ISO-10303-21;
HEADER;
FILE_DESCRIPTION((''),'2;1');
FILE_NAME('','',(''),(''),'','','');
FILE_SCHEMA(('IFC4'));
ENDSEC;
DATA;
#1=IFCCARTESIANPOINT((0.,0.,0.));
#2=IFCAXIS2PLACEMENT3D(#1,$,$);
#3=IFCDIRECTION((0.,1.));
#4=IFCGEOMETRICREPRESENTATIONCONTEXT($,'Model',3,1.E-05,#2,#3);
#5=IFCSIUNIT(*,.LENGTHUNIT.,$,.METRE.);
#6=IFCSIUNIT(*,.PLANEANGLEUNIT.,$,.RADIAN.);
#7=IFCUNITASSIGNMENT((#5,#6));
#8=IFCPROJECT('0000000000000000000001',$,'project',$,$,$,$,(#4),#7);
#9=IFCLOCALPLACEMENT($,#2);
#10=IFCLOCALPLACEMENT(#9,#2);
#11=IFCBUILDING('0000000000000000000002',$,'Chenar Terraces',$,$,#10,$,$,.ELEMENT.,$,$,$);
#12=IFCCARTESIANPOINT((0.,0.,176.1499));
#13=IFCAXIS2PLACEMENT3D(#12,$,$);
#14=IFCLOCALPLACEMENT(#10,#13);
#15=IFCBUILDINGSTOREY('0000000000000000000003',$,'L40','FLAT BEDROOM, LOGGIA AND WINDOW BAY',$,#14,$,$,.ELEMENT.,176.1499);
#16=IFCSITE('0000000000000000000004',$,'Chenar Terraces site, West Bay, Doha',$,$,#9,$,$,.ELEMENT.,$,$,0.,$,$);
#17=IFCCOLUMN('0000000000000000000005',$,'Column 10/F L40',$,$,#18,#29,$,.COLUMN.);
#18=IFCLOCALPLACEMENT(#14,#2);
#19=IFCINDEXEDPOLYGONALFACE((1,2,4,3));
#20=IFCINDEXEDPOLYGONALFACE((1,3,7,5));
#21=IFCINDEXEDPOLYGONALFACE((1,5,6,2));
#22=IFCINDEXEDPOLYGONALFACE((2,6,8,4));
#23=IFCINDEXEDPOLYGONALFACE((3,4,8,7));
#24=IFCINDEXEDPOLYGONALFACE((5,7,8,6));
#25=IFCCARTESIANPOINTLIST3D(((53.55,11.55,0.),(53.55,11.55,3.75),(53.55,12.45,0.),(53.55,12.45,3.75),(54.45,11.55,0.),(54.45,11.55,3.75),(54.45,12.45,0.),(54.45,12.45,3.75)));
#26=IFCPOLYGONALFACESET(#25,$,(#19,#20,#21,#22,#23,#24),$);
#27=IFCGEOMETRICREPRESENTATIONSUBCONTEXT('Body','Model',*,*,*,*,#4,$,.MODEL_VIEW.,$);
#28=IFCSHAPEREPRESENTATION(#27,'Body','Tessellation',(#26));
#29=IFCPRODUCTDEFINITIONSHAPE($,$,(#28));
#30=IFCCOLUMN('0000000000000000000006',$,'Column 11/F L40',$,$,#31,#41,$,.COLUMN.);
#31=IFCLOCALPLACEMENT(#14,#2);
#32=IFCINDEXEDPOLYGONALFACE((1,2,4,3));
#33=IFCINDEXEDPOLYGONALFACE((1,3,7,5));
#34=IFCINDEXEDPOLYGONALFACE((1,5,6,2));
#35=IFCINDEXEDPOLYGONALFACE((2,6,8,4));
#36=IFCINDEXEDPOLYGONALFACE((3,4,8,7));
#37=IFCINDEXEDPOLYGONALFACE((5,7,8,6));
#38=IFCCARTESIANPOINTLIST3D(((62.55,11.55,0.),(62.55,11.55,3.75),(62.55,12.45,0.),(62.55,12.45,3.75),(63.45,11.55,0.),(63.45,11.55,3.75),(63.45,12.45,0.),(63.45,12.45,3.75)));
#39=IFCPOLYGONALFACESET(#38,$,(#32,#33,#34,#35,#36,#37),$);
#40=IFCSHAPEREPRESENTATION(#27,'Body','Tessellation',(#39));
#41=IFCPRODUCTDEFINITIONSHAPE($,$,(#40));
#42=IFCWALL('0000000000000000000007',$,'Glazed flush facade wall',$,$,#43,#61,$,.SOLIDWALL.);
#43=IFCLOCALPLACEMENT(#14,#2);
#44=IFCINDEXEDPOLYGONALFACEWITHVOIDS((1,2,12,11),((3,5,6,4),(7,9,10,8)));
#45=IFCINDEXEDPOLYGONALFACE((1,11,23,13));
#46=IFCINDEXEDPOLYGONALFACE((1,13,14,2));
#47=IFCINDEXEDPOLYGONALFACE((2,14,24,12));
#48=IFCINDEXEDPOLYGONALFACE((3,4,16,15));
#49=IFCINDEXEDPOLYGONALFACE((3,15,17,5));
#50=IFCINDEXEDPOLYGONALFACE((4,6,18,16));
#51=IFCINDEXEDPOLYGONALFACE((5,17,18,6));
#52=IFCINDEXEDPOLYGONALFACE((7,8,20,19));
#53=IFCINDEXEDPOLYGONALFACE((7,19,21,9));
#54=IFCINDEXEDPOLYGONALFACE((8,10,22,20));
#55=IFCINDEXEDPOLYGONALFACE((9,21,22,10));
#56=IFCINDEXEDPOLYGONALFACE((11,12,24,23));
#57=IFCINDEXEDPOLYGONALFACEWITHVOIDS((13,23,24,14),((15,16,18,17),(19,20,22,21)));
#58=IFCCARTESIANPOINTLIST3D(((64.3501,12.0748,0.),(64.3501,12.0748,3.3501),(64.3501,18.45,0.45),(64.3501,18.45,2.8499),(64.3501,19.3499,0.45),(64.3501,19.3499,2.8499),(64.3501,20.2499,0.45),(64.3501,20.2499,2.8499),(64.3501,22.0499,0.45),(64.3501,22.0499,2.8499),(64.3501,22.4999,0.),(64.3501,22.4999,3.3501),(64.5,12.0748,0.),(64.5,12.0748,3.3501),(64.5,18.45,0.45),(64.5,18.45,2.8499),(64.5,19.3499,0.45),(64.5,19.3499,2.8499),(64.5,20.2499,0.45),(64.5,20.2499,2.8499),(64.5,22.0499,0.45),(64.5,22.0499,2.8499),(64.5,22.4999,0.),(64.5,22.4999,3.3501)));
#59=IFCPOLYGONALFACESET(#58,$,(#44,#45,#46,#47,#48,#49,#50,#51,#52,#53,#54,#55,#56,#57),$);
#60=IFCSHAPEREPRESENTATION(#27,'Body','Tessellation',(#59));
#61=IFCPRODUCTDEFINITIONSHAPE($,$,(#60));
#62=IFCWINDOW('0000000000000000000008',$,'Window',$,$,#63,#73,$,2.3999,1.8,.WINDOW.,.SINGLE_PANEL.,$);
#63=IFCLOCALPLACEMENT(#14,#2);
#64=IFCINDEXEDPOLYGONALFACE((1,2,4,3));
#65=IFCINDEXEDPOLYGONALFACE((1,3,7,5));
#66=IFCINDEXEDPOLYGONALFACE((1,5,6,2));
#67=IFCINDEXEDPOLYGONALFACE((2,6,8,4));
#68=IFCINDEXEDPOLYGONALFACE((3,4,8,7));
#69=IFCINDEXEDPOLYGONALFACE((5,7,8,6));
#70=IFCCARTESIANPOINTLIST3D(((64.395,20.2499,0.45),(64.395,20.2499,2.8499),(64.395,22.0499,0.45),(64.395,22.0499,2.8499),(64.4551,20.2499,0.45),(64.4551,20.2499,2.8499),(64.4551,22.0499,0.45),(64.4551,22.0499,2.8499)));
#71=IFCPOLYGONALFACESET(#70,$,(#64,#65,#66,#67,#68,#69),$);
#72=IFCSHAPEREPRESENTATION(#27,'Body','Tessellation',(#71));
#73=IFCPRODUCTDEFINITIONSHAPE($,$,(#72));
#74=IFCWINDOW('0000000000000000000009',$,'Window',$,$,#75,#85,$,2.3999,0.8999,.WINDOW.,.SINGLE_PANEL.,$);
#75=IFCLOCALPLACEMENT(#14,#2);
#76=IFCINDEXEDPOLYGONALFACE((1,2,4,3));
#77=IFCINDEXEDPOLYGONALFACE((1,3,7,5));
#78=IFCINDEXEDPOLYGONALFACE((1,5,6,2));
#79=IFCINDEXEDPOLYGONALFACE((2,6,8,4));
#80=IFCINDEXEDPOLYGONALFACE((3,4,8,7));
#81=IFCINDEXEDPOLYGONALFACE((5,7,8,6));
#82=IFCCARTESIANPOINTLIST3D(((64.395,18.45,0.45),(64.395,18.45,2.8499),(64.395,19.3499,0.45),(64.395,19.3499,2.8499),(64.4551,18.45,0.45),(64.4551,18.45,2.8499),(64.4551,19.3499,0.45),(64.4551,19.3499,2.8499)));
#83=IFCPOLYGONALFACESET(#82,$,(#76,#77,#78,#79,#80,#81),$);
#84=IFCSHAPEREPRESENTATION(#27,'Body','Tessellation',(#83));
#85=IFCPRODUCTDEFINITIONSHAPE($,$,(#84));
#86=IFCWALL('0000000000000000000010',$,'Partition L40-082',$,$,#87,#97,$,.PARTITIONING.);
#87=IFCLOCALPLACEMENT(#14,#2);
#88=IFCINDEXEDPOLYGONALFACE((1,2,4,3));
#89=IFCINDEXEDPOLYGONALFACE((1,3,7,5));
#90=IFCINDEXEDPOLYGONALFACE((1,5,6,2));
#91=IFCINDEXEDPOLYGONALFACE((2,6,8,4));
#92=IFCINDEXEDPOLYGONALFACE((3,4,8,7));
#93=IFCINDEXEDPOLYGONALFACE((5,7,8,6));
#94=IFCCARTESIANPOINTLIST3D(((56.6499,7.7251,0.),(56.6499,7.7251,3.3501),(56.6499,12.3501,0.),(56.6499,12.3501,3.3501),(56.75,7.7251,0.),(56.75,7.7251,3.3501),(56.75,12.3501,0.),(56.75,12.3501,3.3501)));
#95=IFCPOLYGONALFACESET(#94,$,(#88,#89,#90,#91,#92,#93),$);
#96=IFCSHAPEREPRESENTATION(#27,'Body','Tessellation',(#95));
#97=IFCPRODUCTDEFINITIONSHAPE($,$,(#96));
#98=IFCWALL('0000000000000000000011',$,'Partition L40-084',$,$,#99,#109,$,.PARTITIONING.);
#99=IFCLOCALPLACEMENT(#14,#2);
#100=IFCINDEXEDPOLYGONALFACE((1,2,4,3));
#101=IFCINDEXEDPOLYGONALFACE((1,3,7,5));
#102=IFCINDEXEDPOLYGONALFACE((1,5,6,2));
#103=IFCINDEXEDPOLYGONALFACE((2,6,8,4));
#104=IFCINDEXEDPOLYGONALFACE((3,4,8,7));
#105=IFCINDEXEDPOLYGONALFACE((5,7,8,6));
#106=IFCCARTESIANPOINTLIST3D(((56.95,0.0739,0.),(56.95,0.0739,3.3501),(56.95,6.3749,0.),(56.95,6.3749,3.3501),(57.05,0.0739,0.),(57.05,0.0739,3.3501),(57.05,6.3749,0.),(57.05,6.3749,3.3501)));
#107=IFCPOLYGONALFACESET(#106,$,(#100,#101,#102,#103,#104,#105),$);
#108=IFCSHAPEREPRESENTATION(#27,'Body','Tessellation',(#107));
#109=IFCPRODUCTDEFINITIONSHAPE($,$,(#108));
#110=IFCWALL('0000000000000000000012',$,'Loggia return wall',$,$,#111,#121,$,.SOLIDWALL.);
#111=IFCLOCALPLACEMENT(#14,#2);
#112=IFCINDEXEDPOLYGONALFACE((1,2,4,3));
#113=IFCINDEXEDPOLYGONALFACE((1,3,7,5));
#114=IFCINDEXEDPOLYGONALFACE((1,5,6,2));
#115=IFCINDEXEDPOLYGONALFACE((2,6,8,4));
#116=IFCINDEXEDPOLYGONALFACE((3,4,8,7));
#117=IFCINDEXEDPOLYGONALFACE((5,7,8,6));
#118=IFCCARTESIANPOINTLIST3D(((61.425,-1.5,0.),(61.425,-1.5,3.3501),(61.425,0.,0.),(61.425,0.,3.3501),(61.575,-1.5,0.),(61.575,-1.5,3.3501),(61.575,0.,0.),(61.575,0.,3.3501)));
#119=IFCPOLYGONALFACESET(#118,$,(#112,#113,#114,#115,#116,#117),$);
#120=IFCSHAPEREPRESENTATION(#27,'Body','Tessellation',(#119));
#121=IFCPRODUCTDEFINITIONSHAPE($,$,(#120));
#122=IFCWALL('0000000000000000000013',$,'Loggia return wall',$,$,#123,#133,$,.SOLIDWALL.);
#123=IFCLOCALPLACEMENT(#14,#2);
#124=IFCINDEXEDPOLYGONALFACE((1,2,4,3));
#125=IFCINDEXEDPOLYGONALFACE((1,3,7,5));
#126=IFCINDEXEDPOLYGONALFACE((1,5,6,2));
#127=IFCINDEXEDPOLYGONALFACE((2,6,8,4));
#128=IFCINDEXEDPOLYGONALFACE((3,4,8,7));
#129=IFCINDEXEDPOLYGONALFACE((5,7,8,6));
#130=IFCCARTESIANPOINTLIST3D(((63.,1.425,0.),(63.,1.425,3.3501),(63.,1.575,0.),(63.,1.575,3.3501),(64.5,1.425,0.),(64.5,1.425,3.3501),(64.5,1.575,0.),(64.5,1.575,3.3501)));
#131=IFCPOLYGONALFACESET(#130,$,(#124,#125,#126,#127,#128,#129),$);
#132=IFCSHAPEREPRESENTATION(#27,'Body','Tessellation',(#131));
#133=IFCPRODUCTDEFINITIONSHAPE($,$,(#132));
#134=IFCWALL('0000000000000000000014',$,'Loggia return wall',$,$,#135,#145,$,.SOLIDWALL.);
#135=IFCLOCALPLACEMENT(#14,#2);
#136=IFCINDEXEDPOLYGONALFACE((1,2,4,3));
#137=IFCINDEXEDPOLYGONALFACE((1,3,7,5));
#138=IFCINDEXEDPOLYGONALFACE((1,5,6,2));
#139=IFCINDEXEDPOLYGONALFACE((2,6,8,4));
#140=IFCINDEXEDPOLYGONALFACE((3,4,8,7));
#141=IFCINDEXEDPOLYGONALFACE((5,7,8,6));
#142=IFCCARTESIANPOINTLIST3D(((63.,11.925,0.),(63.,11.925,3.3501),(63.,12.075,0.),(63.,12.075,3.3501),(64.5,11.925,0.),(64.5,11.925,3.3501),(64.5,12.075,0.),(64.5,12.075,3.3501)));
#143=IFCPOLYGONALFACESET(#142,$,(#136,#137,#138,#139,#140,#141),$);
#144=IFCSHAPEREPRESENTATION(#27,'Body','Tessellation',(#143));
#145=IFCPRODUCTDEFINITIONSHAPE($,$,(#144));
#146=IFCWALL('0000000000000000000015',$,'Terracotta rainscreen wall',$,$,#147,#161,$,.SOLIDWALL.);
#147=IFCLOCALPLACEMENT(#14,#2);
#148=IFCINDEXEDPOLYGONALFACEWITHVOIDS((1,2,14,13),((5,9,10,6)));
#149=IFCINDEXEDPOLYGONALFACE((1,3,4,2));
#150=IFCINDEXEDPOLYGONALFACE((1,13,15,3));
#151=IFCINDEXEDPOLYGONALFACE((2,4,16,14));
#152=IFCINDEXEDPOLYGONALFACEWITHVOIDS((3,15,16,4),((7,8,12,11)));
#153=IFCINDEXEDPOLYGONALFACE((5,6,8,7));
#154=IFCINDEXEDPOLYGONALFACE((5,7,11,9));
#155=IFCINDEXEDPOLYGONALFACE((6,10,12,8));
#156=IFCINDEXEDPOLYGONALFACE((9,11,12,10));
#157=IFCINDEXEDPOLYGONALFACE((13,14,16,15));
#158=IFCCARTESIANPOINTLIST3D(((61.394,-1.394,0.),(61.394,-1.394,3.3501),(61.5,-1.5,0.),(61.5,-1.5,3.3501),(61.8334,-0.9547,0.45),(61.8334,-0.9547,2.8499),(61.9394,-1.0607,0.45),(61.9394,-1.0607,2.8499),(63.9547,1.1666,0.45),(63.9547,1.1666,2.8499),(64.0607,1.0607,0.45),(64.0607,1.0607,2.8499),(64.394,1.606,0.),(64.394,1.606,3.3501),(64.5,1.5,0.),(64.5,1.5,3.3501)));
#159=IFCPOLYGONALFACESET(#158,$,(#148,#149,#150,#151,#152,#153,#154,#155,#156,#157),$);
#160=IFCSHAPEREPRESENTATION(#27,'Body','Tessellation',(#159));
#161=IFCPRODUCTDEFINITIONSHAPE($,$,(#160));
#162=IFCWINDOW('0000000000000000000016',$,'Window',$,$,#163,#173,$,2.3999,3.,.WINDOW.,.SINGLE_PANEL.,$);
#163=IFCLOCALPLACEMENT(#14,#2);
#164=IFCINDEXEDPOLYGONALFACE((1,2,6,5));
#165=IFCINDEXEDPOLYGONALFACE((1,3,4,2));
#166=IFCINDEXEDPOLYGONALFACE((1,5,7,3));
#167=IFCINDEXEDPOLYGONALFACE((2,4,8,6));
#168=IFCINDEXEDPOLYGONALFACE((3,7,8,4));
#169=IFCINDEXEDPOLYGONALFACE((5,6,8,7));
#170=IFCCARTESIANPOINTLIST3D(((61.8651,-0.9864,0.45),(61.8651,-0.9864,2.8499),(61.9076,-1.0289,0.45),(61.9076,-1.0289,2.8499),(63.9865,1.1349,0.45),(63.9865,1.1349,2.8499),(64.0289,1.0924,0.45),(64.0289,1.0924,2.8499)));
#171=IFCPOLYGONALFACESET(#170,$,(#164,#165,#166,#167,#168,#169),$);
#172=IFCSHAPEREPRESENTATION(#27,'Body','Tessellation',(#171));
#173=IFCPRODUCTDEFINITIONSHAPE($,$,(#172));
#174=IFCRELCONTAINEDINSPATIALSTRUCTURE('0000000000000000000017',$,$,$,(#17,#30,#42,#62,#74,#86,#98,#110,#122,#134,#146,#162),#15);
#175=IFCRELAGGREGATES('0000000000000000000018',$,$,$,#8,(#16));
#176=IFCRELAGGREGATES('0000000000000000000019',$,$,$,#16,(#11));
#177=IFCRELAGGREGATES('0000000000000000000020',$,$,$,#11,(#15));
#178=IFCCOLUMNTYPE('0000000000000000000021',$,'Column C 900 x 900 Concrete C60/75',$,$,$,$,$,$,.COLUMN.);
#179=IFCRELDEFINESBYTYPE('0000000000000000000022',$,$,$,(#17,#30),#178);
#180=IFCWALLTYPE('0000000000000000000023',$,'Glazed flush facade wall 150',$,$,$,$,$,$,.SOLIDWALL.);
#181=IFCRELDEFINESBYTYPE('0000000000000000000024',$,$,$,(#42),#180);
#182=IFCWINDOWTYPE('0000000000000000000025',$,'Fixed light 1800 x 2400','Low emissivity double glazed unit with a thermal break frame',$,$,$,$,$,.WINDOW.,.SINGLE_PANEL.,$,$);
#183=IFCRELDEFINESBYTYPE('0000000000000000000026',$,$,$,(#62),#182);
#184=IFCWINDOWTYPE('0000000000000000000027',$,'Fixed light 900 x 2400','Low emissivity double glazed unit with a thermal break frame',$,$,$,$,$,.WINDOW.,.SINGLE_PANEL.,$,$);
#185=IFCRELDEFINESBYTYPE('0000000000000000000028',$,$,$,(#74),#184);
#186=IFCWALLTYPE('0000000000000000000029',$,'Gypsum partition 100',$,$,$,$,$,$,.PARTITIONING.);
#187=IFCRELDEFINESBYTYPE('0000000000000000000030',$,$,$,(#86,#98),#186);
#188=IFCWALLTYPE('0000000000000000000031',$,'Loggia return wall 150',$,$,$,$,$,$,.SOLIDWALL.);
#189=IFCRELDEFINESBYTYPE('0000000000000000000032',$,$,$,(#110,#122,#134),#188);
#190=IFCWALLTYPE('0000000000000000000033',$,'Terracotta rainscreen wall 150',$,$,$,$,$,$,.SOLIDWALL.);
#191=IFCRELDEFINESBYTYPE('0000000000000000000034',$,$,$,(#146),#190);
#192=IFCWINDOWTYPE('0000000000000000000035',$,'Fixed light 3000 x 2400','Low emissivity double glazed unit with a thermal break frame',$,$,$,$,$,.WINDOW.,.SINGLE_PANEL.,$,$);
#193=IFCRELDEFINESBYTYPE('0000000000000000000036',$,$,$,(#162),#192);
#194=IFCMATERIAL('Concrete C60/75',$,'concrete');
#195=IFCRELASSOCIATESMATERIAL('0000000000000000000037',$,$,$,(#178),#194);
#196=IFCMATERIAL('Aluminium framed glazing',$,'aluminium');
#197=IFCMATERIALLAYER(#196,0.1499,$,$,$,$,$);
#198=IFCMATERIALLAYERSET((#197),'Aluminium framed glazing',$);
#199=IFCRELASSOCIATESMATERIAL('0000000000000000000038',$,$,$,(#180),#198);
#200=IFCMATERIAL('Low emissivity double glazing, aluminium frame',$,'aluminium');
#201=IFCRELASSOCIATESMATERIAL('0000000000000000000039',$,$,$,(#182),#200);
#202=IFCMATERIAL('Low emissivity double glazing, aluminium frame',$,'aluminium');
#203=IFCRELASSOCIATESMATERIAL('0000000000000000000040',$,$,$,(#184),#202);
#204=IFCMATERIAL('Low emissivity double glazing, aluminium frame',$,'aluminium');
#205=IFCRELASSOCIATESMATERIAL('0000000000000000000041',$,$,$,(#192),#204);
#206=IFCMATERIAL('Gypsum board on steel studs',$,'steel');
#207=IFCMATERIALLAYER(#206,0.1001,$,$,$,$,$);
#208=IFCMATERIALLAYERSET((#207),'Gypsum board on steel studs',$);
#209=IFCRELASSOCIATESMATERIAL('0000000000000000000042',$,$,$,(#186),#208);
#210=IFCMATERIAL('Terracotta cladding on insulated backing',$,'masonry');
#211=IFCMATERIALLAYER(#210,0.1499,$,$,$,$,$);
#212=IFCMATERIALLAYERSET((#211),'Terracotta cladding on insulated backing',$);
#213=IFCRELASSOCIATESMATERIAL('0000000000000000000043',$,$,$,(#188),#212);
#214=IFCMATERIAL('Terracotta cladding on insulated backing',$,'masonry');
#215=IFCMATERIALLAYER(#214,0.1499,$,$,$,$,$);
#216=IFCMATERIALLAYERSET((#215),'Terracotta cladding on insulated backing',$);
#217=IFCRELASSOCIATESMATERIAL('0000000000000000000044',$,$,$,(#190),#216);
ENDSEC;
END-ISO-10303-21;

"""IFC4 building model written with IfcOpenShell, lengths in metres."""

from ifc_helpers import new_model, si_unit, direction, frame, frame_2d, origin, origin_2d, place, context, subcontext, project, spatial, rectangle, extrude, material, layer, layer_set, material_profile, profile_set, type_object, element, fill, save


model = new_model("IFC4")

# Units and contexts
model_context = context("Model", 3, precision=1e-05, world=origin(), true_north=direction((0.0, 1.0)))
body_context = subcontext(model_context, "Body", "Model", "MODEL_VIEW")
ifc_project = project(units=[si_unit("LENGTHUNIT", "METRE"), si_unit("PLANEANGLEUNIT", "RADIAN")], contexts=[model_context])

# Site, building, storey
site_placement = place(None, origin())
site = spatial("IfcSite", under=ifc_project, at=site_placement, Name="Chenar Terraces site, West Bay, Doha", CompositionType="ELEMENT", RefElevation=0.0)
building_placement = place(site_placement, origin())
building = spatial("IfcBuilding", under=site, at=building_placement, Name="Chenar Terraces", CompositionType="ELEMENT")
storey_placement = place(building_placement, frame((0.0, 0.0, 176.1499)))
storey = spatial("IfcBuildingStorey", under=building, at=storey_placement, Name="L40", Description="FLAT BEDROOM, LOGGIA AND WINDOW BAY", CompositionType="ELEMENT", Elevation=176.1499)

# Columns
ifc_material_1 = material(Name="Concrete C60/75", Category="concrete")
ifc_material_profile = material_profile(ifc_material_1, rectangle(XDim=0.8999, YDim=0.8999, at=origin_2d()), Name="C 900 x 900")
ifc_profile_set = profile_set([ifc_material_profile], Name="Concrete C60/75")
column_type = type_object("IfcColumnType", Name="Column C 900 x 900 Concrete C60/75", PredefinedType="COLUMN", material=ifc_profile_set)
for number, where, z_axis, x_axis, name in (
    (1, (54.0, 12.0, 0.0), (0.0, 0.0, 1.0), (1.0, 0.0, 0.0), "Column 10/F L40"),
    (2, (63.0, 12.0, 0.0), (0.0, 0.0, 1.0), (1.0, 0.0, 0.0), "Column 11/F L40"),
):
    element("IfcColumn", number, at=place(storey_placement, frame(where, z_axis=z_axis, x_axis=x_axis)), inside=storey, type_object=column_type, Name=name, PredefinedType="COLUMN", context=body_context, shape_type="SweptSolid", body=[
        extrude(rectangle(XDim=0.8999, YDim=0.8999, at=origin_2d()), origin(), (0.0, 0.0, 1.0), 3.75),
    ])

# Wall, openings, windows
ifc_material_2 = material(Name="Aluminium framed glazing", Category="aluminium")
ifc_layer_1 = layer(ifc_material_2, 0.1499)
ifc_layer_set_1 = layer_set([ifc_layer_1], Name="Aluminium framed glazing")
wall_type_1 = type_object("IfcWallType", Name="Glazed flush facade wall 150", PredefinedType="SOLIDWALL", material=ifc_layer_set_1)
wall_1_placement = place(storey_placement, frame((64.425, 12.075, 0.0), z_axis=(0.0, 0.0, 1.0), x_axis=(0.0, 1.0, 0.0)))
wall_1 = element("IfcWall", 3, at=wall_1_placement, inside=storey, type_object=wall_type_1, Name="Glazed flush facade wall", PredefinedType="SOLIDWALL", context=body_context, shape_type="SweptSolid", body=[
    extrude(rectangle(XDim=10.425, YDim=0.1499, at=frame_2d((5.2124, 0.0))), origin(), (0.0, 0.0, 1.0), 3.3501),
])
opening_1_placement = place(wall_1_placement, frame((6.375, 0.0, 0.45)))
opening_1 = element("IfcOpeningElement", 4, at=opening_1_placement, cuts=wall_1, PredefinedType="OPENING", context=body_context, shape_type="SweptSolid", body=[
    extrude(rectangle(XDim=0.8999, YDim=2.3999, at=frame_2d((0.45, 1.2))), frame((0.0, 0.085, 0.0), z_axis=(0.0, -1.0, 0.0), x_axis=(1.0, 0.0, 0.0)), (0.0, 0.0, 1.0), 0.1699),
])
opening_2_placement = place(wall_1_placement, frame((8.175, 0.0, 0.45)))
opening_2 = element("IfcOpeningElement", 5, at=opening_2_placement, cuts=wall_1, PredefinedType="OPENING", context=body_context, shape_type="SweptSolid", body=[
    extrude(rectangle(XDim=1.8, YDim=2.3999, at=frame_2d((0.8999, 1.2))), frame((0.0, 0.085, 0.0), z_axis=(0.0, -1.0, 0.0), x_axis=(1.0, 0.0, 0.0)), (0.0, 0.0, 1.0), 0.1699),
])
ifc_material_3 = material(Name="Low emissivity double glazing, aluminium frame", Category="aluminium")
window_type_1 = type_object("IfcWindowType", Name="Fixed light 1800 x 2400", Description="Low emissivity double glazed unit with a thermal break frame", PartitioningType="SINGLE_PANEL", PredefinedType="WINDOW", material=ifc_material_3)
window_1_placement = place(opening_2_placement, origin())
window_1 = element("IfcWindow", 6, at=window_1_placement, inside=storey, type_object=window_type_1, Name="Window", OverallHeight=2.3999, OverallWidth=1.8, PartitioningType="SINGLE_PANEL", PredefinedType="WINDOW", context=body_context, shape_type="SweptSolid", body=[
    extrude(rectangle(XDim=1.8, YDim=2.3999, at=frame_2d((0.8999, 1.2))), frame((0.0, 0.03, 0.0), z_axis=(0.0, -1.0, 0.0), x_axis=(1.0, 0.0, 0.0)), (0.0, 0.0, 1.0), 0.0601),
])
fill(opening_2, window_1)
ifc_material_4 = material(Name="Low emissivity double glazing, aluminium frame", Category="aluminium")
window_type_2 = type_object("IfcWindowType", Name="Fixed light 900 x 2400", Description="Low emissivity double glazed unit with a thermal break frame", PartitioningType="SINGLE_PANEL", PredefinedType="WINDOW", material=ifc_material_4)
window_2_placement = place(opening_1_placement, origin())
window_2 = element("IfcWindow", 7, at=window_2_placement, inside=storey, type_object=window_type_2, Name="Window", OverallHeight=2.3999, OverallWidth=0.8999, PartitioningType="SINGLE_PANEL", PredefinedType="WINDOW", context=body_context, shape_type="SweptSolid", body=[
    extrude(rectangle(XDim=0.8999, YDim=2.3999, at=frame_2d((0.45, 1.2))), frame((0.0, 0.03, 0.0), z_axis=(0.0, -1.0, 0.0), x_axis=(1.0, 0.0, 0.0)), (0.0, 0.0, 1.0), 0.0601),
])
fill(opening_1, window_2)

# Shared definitions
ifc_material_5 = material(Name="Low emissivity double glazing, aluminium frame", Category="aluminium")
window_type_3 = type_object("IfcWindowType", Name="Fixed light 3000 x 2400", Description="Low emissivity double glazed unit with a thermal break frame", PartitioningType="SINGLE_PANEL", PredefinedType="WINDOW", material=ifc_material_5)

# Walls
ifc_material_6 = material(Name="Gypsum board on steel studs", Category="steel")
ifc_layer_2 = layer(ifc_material_6, 0.1001)
ifc_layer_set_2 = layer_set([ifc_layer_2], Name="Gypsum board on steel studs")
wall_type_2 = type_object("IfcWallType", Name="Gypsum partition 100", PredefinedType="PARTITIONING", material=ifc_layer_set_2)
wall_2_placement = place(storey_placement, frame((56.7, 7.7251, 0.0), z_axis=(0.0, 0.0, 1.0), x_axis=(0.0, 1.0, 0.0)))
element("IfcWall", 8, at=wall_2_placement, inside=storey, type_object=wall_type_2, Name="Partition L40-082", PredefinedType="PARTITIONING", context=body_context, shape_type="SweptSolid", body=[
    extrude(rectangle(XDim=4.625, YDim=0.1001, at=frame_2d((2.3125, 0.0))), origin(), (0.0, 0.0, 1.0), 3.3501),
])
wall_3_placement = place(storey_placement, frame((57.0, 0.074, 0.0), z_axis=(0.0, 0.0, 1.0), x_axis=(0.0, 1.0, 0.0)))
element("IfcWall", 9, at=wall_3_placement, inside=storey, type_object=wall_type_2, Name="Partition L40-084", PredefinedType="PARTITIONING", context=body_context, shape_type="SweptSolid", body=[
    extrude(rectangle(XDim=6.301, YDim=0.1001, at=frame_2d((3.1504, 0.0))), origin(), (0.0, 0.0, 1.0), 3.3501),
])
ifc_material_7 = material(Name="Terracotta cladding on insulated backing", Category="masonry")
ifc_layer_3 = layer(ifc_material_7, 0.1499)
ifc_layer_set_3 = layer_set([ifc_layer_3], Name="Terracotta cladding on insulated backing")
wall_type_3 = type_object("IfcWallType", Name="Loggia return wall 150", PredefinedType="SOLIDWALL", material=ifc_layer_set_3)
for number, where, z_axis, x_axis, name in (
    (10, (61.5, -1.5, 0.0), (0.0, 0.0, 1.0), (0.0, 1.0, 0.0), "Loggia return wall"),
    (11, (64.5, 1.5, 0.0), (0.0, 0.0, 1.0), (-1.0, 0.0, 0.0), "Loggia return wall"),
    (12, (64.5, 12.0, 0.0), (0.0, 0.0, 1.0), (-1.0, 0.0, 0.0), "Loggia return wall"),
):
    element("IfcWall", number, at=place(storey_placement, frame(where, z_axis=z_axis, x_axis=x_axis)), inside=storey, type_object=wall_type_3, Name=name, PredefinedType="SOLIDWALL", context=body_context, shape_type="SweptSolid", body=[
        extrude(rectangle(XDim=1.5, YDim=0.1499, at=frame_2d((0.75, 0.0))), origin(), (0.0, 0.0, 1.0), 3.3501),
    ])

# Wall, opening, window
ifc_material_8 = material(Name="Terracotta cladding on insulated backing", Category="masonry")
ifc_layer_4 = layer(ifc_material_8, 0.1499)
ifc_layer_set_4 = layer_set([ifc_layer_4], Name="Terracotta cladding on insulated backing")
wall_type_4 = type_object("IfcWallType", Name="Terracotta rainscreen wall 150", PredefinedType="SOLIDWALL", material=ifc_layer_set_4)
wall_4_placement = place(storey_placement, frame((61.447, -1.447, 0.0), z_axis=(0.0, 0.0, 1.0), x_axis=(0.707107, 0.707107, 0.0)))
wall_4 = element("IfcWall", 13, at=wall_4_placement, inside=storey, type_object=wall_type_4, Name="Terracotta rainscreen wall", PredefinedType="SOLIDWALL", context=body_context, shape_type="SweptSolid", body=[
    extrude(rectangle(XDim=4.2427, YDim=0.1499, at=frame_2d((2.1213, 0.0))), origin(), (0.0, 0.0, 1.0), 3.3501),
])
opening_3_placement = place(wall_4_placement, frame((0.6213, 0.0, 0.45)))
opening_3 = element("IfcOpeningElement", 14, at=opening_3_placement, cuts=wall_4, PredefinedType="OPENING", context=body_context, shape_type="SweptSolid", body=[
    extrude(rectangle(XDim=3.0, YDim=2.3999, at=frame_2d((1.5, 1.2))), frame((0.0, 0.085, 0.0), z_axis=(0.0, -1.0, 0.0), x_axis=(1.0, 0.0, 0.0)), (0.0, 0.0, 1.0), 0.1699),
])
window_3_placement = place(opening_3_placement, origin())
window_3 = element("IfcWindow", 15, at=window_3_placement, inside=storey, type_object=window_type_3, Name="Window", OverallHeight=2.3999, OverallWidth=3.0, PartitioningType="SINGLE_PANEL", PredefinedType="WINDOW", context=body_context, shape_type="SweptSolid", body=[
    extrude(rectangle(XDim=3.0, YDim=2.3999, at=frame_2d((1.5, 1.2))), frame((0.0, 0.03, 0.0), z_axis=(0.0, -1.0, 0.0), x_axis=(1.0, 0.0, 0.0)), (0.0, 0.0, 1.0), 0.0601),
])
fill(opening_3, window_3)

save(model, "model.ifc")
